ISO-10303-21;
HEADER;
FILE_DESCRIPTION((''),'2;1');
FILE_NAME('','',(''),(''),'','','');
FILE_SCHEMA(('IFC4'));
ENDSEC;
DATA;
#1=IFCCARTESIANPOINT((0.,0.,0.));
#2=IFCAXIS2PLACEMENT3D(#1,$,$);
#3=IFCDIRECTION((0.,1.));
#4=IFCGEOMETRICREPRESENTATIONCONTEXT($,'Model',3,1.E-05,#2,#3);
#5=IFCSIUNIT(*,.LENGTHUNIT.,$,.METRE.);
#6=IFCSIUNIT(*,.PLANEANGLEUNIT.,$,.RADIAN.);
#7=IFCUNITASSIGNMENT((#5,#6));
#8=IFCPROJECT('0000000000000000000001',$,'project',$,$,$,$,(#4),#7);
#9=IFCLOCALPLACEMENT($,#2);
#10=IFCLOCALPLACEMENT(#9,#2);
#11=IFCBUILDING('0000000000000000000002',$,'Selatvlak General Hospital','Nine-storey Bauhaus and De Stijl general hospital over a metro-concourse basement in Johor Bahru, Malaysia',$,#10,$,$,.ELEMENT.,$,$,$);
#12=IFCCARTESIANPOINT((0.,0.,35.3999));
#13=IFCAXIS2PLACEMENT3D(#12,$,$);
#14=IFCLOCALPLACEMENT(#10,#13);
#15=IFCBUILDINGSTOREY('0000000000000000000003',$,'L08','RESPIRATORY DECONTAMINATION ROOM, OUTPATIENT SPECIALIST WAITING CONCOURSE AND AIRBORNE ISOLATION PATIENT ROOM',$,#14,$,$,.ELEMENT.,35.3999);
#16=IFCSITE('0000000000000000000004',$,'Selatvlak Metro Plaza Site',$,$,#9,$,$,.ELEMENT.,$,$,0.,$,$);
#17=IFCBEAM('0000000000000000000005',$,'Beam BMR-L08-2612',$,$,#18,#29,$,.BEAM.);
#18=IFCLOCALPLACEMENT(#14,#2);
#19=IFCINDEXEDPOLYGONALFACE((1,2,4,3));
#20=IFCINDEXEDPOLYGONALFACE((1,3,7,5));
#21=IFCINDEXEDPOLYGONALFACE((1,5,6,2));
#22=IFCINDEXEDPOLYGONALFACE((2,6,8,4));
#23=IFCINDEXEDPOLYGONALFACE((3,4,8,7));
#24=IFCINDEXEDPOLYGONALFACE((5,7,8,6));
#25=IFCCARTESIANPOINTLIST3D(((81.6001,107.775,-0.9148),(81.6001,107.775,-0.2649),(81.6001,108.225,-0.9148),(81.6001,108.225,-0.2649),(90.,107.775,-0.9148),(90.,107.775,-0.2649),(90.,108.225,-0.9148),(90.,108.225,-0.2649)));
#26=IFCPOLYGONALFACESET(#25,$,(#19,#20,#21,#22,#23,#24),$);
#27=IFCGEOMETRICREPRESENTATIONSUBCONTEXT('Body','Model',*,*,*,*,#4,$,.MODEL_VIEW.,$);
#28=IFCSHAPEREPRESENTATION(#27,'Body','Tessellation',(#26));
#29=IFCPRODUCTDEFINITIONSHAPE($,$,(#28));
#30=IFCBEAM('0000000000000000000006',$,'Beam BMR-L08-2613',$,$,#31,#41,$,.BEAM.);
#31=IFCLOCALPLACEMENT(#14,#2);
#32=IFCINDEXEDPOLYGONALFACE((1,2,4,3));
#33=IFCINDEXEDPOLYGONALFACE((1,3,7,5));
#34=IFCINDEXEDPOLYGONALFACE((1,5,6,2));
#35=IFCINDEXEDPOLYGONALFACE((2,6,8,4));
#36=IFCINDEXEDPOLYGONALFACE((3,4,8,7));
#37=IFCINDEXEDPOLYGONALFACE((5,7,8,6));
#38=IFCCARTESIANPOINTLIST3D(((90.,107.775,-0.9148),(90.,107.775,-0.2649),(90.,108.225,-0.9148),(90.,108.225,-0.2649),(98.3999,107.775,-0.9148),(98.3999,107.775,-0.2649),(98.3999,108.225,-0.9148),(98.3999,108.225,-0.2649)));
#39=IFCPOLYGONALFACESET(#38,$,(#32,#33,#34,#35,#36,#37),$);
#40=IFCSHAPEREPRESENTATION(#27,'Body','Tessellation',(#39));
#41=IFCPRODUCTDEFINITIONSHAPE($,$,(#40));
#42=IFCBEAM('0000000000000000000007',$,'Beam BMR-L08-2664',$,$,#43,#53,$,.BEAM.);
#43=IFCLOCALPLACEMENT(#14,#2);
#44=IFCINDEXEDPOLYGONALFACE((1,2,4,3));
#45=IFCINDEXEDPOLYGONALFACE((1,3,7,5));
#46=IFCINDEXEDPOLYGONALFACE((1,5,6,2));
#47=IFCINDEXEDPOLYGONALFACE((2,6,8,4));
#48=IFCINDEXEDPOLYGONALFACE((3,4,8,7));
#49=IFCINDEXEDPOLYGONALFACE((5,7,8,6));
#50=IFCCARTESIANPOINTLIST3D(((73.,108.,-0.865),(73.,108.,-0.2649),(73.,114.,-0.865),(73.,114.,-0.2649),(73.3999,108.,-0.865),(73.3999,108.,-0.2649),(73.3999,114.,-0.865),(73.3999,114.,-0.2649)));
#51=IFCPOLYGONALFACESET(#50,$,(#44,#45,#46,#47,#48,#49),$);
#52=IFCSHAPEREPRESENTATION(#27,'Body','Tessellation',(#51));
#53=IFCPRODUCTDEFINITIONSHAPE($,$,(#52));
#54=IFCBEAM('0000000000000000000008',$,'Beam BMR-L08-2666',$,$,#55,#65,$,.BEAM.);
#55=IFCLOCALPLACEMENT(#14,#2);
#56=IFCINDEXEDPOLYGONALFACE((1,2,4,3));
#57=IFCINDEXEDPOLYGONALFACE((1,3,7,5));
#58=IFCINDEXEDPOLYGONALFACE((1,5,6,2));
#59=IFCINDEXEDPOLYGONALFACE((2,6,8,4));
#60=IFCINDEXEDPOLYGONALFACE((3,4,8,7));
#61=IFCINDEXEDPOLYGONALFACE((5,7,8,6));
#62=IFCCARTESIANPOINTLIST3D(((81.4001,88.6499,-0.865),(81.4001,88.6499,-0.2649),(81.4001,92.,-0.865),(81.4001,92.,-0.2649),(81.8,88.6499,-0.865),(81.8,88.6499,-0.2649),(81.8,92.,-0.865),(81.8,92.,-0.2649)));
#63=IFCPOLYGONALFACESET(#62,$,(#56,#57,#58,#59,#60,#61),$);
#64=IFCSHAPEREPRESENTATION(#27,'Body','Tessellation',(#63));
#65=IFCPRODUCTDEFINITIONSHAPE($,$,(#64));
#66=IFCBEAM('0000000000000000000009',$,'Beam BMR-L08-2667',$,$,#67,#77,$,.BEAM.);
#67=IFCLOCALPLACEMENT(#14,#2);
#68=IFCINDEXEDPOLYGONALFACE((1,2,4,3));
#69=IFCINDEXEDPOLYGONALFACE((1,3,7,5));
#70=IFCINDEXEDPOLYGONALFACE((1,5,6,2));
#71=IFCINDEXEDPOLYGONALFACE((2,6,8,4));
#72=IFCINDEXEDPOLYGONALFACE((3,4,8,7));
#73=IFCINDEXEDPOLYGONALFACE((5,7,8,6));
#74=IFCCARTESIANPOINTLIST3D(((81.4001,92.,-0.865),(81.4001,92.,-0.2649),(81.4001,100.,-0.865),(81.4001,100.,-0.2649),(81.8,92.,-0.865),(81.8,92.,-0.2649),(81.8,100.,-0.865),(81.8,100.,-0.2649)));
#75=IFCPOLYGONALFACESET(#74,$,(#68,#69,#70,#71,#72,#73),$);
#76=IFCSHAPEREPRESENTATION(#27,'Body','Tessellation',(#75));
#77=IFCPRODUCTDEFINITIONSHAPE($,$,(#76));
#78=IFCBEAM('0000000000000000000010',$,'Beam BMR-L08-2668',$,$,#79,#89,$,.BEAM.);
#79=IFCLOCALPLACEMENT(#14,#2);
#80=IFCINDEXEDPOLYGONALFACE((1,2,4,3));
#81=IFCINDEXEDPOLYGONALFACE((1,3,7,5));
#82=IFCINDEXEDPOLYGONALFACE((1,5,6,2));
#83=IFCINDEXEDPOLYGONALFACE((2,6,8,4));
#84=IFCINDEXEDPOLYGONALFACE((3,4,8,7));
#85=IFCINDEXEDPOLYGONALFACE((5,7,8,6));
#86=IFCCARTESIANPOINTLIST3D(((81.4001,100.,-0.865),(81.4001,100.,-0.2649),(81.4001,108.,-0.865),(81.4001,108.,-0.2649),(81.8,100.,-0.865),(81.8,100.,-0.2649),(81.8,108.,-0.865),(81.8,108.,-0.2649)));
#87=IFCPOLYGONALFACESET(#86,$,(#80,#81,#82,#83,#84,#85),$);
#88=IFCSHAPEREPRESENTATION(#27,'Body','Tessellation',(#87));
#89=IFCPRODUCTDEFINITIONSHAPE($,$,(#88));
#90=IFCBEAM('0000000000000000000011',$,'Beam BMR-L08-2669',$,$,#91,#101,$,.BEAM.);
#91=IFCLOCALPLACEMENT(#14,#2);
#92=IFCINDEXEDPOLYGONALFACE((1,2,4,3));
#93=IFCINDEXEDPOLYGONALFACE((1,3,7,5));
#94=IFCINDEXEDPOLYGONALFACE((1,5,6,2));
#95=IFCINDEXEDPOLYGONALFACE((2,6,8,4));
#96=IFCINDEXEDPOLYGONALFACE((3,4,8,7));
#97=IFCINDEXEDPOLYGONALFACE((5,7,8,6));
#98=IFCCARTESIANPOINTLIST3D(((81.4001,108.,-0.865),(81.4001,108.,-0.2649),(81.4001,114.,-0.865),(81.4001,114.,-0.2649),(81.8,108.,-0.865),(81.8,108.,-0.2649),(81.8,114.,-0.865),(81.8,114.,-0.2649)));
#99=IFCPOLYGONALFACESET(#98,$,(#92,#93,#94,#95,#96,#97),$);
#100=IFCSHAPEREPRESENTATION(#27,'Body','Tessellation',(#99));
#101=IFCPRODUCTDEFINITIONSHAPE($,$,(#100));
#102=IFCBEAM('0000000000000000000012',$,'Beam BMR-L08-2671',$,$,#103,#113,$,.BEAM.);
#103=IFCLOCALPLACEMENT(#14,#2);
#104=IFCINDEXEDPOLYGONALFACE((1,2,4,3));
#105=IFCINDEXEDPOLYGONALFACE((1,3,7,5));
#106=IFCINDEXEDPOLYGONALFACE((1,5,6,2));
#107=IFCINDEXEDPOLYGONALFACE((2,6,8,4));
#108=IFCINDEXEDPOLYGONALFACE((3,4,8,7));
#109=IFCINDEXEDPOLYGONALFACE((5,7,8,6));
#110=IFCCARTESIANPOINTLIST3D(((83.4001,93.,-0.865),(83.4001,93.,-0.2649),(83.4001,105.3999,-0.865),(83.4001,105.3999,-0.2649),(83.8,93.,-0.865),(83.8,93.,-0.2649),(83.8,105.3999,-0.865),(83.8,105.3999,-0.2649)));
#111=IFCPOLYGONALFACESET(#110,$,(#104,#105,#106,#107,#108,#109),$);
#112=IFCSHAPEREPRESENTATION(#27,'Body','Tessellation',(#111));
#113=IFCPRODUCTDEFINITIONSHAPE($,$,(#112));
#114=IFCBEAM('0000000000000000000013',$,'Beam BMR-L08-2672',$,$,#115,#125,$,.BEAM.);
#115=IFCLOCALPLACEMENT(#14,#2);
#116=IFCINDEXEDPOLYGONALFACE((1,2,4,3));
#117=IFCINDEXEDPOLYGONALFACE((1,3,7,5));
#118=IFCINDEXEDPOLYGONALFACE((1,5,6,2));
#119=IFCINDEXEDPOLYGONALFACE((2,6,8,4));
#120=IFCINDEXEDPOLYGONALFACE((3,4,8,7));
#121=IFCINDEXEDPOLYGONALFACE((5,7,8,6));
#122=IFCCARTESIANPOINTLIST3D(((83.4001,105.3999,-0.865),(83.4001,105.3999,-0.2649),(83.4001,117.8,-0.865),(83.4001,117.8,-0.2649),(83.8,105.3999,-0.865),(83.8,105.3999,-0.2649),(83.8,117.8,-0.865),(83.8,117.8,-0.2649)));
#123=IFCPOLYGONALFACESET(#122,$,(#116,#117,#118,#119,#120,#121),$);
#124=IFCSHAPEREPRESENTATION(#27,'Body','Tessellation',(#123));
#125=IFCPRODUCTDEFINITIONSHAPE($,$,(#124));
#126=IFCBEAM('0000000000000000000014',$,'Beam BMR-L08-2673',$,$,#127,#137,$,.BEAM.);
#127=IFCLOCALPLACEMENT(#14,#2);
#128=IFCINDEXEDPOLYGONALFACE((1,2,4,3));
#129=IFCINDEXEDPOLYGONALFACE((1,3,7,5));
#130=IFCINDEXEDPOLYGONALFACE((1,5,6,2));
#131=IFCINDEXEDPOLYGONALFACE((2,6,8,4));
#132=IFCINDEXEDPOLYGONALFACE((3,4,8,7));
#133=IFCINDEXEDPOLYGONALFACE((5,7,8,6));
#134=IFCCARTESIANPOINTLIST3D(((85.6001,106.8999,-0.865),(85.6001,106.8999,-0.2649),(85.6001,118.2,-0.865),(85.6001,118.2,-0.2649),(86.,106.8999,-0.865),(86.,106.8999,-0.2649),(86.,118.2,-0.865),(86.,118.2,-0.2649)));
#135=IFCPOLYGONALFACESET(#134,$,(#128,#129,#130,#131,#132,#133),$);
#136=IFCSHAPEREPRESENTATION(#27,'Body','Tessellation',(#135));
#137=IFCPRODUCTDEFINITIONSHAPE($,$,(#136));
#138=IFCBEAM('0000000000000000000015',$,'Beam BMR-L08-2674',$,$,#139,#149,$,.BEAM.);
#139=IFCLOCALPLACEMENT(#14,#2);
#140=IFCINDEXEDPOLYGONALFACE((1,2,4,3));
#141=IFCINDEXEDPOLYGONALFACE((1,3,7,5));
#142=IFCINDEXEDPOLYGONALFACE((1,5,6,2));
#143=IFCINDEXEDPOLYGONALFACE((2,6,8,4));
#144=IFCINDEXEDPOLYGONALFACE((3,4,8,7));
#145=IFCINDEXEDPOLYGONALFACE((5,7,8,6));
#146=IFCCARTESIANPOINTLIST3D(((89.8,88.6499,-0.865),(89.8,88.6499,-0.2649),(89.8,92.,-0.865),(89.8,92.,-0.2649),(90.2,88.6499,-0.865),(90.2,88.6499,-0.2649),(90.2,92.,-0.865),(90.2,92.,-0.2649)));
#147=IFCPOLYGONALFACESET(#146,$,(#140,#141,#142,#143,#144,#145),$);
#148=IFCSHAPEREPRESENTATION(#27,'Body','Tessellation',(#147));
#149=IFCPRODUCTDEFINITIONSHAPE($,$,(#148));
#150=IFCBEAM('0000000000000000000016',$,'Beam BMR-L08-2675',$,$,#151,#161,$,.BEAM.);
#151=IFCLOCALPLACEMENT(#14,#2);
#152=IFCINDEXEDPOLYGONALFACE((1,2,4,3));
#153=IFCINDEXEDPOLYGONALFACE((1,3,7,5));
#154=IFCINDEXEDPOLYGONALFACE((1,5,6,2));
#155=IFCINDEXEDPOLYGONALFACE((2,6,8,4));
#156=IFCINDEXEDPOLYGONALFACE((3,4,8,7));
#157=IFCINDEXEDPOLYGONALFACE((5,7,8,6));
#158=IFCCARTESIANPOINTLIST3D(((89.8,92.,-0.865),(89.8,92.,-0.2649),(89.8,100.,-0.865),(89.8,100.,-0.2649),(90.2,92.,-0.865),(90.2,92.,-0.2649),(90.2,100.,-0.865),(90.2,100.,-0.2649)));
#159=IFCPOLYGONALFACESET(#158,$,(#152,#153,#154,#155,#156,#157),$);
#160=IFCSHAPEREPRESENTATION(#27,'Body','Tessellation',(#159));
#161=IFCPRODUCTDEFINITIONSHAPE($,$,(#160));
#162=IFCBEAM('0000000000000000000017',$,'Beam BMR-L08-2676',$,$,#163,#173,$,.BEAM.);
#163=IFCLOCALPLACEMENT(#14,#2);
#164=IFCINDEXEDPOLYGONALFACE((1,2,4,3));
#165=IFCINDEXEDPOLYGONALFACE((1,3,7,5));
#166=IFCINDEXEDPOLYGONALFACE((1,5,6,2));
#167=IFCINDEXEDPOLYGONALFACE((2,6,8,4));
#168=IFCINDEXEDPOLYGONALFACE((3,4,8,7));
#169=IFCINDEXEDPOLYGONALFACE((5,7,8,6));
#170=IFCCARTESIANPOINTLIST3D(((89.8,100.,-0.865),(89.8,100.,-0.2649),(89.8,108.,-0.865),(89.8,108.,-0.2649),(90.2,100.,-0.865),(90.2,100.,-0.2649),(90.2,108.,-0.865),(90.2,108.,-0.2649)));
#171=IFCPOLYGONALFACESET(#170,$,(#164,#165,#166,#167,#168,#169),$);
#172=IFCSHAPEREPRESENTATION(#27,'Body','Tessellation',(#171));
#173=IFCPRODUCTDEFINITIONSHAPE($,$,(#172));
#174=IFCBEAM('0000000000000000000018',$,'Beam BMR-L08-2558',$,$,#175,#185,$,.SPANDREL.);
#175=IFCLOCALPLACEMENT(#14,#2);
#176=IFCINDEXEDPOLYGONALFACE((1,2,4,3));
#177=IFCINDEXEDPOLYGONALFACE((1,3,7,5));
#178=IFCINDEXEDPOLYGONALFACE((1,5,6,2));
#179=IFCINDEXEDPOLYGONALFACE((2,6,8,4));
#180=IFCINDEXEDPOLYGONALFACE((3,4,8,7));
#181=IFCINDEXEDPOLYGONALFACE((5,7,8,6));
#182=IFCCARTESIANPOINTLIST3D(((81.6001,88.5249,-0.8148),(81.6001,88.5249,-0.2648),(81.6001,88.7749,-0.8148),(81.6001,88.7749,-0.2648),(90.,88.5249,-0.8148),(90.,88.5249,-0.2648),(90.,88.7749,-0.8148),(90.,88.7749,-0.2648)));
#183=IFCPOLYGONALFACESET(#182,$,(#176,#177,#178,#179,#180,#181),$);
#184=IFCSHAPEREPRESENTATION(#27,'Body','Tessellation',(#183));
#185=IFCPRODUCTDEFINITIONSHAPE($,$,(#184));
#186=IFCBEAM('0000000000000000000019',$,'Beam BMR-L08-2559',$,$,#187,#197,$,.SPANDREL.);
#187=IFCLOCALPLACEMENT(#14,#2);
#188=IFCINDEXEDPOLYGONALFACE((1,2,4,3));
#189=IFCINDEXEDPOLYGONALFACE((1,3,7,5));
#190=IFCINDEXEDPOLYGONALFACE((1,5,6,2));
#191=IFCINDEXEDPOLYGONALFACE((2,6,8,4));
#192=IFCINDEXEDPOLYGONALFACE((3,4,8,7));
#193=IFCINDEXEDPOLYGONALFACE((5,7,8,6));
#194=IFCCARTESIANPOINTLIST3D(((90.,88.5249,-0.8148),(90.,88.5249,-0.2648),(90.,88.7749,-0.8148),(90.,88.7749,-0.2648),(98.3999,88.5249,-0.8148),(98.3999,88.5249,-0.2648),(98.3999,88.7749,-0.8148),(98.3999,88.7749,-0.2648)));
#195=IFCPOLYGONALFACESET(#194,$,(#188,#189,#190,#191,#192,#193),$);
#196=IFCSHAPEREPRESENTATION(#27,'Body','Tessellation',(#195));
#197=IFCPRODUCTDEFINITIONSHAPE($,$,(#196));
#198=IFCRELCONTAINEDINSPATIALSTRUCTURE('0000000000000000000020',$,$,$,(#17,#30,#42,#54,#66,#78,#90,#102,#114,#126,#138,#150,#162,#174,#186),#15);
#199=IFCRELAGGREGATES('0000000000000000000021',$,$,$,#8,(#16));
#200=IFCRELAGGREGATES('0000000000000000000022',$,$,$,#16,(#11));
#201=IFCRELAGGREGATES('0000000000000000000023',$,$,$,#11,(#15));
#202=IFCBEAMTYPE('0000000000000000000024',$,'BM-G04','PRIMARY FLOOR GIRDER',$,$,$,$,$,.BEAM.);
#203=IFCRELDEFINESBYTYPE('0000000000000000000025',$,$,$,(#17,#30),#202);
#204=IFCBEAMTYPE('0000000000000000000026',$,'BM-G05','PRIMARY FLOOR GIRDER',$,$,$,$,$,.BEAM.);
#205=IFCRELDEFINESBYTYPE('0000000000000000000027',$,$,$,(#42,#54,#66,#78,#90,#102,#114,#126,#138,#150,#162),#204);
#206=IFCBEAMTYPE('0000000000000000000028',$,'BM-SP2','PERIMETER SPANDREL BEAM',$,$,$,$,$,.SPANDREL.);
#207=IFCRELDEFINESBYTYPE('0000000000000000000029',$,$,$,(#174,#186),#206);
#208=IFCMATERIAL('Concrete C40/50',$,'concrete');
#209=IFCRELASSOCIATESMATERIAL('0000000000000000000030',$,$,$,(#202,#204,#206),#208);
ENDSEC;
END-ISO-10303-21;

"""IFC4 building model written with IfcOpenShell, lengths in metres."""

from ifc_helpers import new_model, si_unit, direction, frame, origin, origin_2d, place, context, subcontext, project, spatial, rectangle, extrude, material, material_profile, profile_set, type_object, element, save


model = new_model("IFC4")

# Units and contexts
model_context = context("Model", 3, precision=1e-05, world=origin(), true_north=direction((0.0, 1.0)))
body_context = subcontext(model_context, "Body", "Model", "MODEL_VIEW")
ifc_project = project(units=[si_unit("LENGTHUNIT", "METRE"), si_unit("PLANEANGLEUNIT", "RADIAN")], contexts=[model_context])

# Site, building, storey
site_placement = place(None, origin())
site = spatial("IfcSite", under=ifc_project, at=site_placement, Name="Selatvlak Metro Plaza Site", CompositionType="ELEMENT", RefElevation=0.0)
building_placement = place(site_placement, origin())
building = spatial("IfcBuilding", under=site, at=building_placement, Name="Selatvlak General Hospital", Description="Nine-storey Bauhaus and De Stijl general hospital over a metro-concourse basement in Johor Bahru, Malaysia", CompositionType="ELEMENT")
storey_placement = place(building_placement, frame((0.0, 0.0, 35.3999)))
storey = spatial("IfcBuildingStorey", under=building, at=storey_placement, Name="L08", Description="RESPIRATORY DECONTAMINATION ROOM, OUTPATIENT SPECIALIST WAITING CONCOURSE AND AIRBORNE ISOLATION PATIENT ROOM", CompositionType="ELEMENT", Elevation=35.3999)

# Shared definitions
ifc_material_1 = material(Name="Concrete C40/50", Category="concrete")

# Beams
ifc_material_profile_1 = material_profile(ifc_material_1, rectangle(XDim=0.45, YDim=0.6499, at=origin_2d()), Name="RC-BM 450x650")
ifc_profile_set_1 = profile_set([ifc_material_profile_1], Name="Concrete C40/50")
beam_type_1 = type_object("IfcBeamType", Name="BM-G04", Description="PRIMARY FLOOR GIRDER", PredefinedType="BEAM", material=ifc_profile_set_1)
for number, where, z_axis, x_axis, name in (
    (1, (81.6001, 108.0, -0.5898), (1.0, 0.0, 0.0), (0.0, 1.0, 0.0), "Beam BMR-L08-2612"),
    (2, (90.0, 108.0, -0.5898), (1.0, 0.0, 0.0), (0.0, 1.0, 0.0), "Beam BMR-L08-2613"),
):
    element("IfcBeam", number, at=place(storey_placement, frame(where, z_axis=z_axis, x_axis=x_axis)), inside=storey, type_object=beam_type_1, Name=name, PredefinedType="BEAM", context=body_context, shape_type="SweptSolid", body=[
        extrude(rectangle(XDim=0.45, YDim=0.6499, at=origin_2d()), origin(), (0.0, 0.0, 1.0), 8.3999),
    ])
ifc_material_profile_2 = material_profile(ifc_material_1, rectangle(XDim=0.3999, YDim=0.6001, at=origin_2d()), Name="RC-BM 400x600")
ifc_profile_set_2 = profile_set([ifc_material_profile_2], Name="Concrete C40/50")
beam_type_2 = type_object("IfcBeamType", Name="BM-G05", Description="PRIMARY FLOOR GIRDER", PredefinedType="BEAM", material=ifc_profile_set_2)
beam_1_placement = place(storey_placement, frame((73.2, 108.0, -0.5649), z_axis=(0.0, 1.0, 0.0), x_axis=(-1.0, 0.0, 0.0)))
element("IfcBeam", 3, at=beam_1_placement, inside=storey, type_object=beam_type_2, Name="Beam BMR-L08-2664", PredefinedType="BEAM", context=body_context, shape_type="SweptSolid", body=[
    extrude(rectangle(XDim=0.3999, YDim=0.6001, at=origin_2d()), origin(), (0.0, 0.0, 1.0), 6.0),
])
beam_2_placement = place(storey_placement, frame((81.6001, 88.6499, -0.5649), z_axis=(0.0, 1.0, 0.0), x_axis=(-1.0, 0.0, 0.0)))
element("IfcBeam", 4, at=beam_2_placement, inside=storey, type_object=beam_type_2, Name="Beam BMR-L08-2666", PredefinedType="BEAM", context=body_context, shape_type="SweptSolid", body=[
    extrude(rectangle(XDim=0.3999, YDim=0.6001, at=origin_2d()), origin(), (0.0, 0.0, 1.0), 3.3501),
])
for number, where, z_axis, x_axis, name in (
    (5, (81.6001, 92.0, -0.5649), (0.0, 1.0, 0.0), (-1.0, 0.0, 0.0), "Beam BMR-L08-2667"),
    (6, (81.6001, 100.0, -0.5649), (0.0, 1.0, 0.0), (-1.0, 0.0, 0.0), "Beam BMR-L08-2668"),
):
    element("IfcBeam", number, at=place(storey_placement, frame(where, z_axis=z_axis, x_axis=x_axis)), inside=storey, type_object=beam_type_2, Name=name, PredefinedType="BEAM", context=body_context, shape_type="SweptSolid", body=[
        extrude(rectangle(XDim=0.3999, YDim=0.6001, at=origin_2d()), origin(), (0.0, 0.0, 1.0), 8.0),
    ])
beam_3_placement = place(storey_placement, frame((81.6001, 108.0, -0.5649), z_axis=(0.0, 1.0, 0.0), x_axis=(-1.0, 0.0, 0.0)))
element("IfcBeam", 7, at=beam_3_placement, inside=storey, type_object=beam_type_2, Name="Beam BMR-L08-2669", PredefinedType="BEAM", context=body_context, shape_type="SweptSolid", body=[
    extrude(rectangle(XDim=0.3999, YDim=0.6001, at=origin_2d()), origin(), (0.0, 0.0, 1.0), 6.0),
])
beam_4_placement = place(storey_placement, frame((83.6001, 93.0, -0.5649), z_axis=(0.0, 1.0, 0.0), x_axis=(-1.0, 0.0, 0.0)))
element("IfcBeam", 8, at=beam_4_placement, inside=storey, type_object=beam_type_2, Name="Beam BMR-L08-2671", PredefinedType="BEAM", context=body_context, shape_type="SweptSolid", body=[
    extrude(rectangle(XDim=0.3999, YDim=0.6001, at=origin_2d()), origin(), (0.0, 0.0, 1.0), 12.3999),
])
beam_5_placement = place(storey_placement, frame((83.6001, 105.3999, -0.5649), z_axis=(0.0, 1.0, 0.0), x_axis=(-1.0, 0.0, 0.0)))
element("IfcBeam", 9, at=beam_5_placement, inside=storey, type_object=beam_type_2, Name="Beam BMR-L08-2672", PredefinedType="BEAM", context=body_context, shape_type="SweptSolid", body=[
    extrude(rectangle(XDim=0.3999, YDim=0.6001, at=origin_2d()), origin(), (0.0, 0.0, 1.0), 12.4001),
])
beam_6_placement = place(storey_placement, frame((85.8, 106.8999, -0.5649), z_axis=(0.0, 1.0, 0.0), x_axis=(-1.0, 0.0, 0.0)))
element("IfcBeam", 10, at=beam_6_placement, inside=storey, type_object=beam_type_2, Name="Beam BMR-L08-2673", PredefinedType="BEAM", context=body_context, shape_type="SweptSolid", body=[
    extrude(rectangle(XDim=0.3999, YDim=0.6001, at=origin_2d()), origin(), (0.0, 0.0, 1.0), 11.3),
])
beam_7_placement = place(storey_placement, frame((90.0, 88.6499, -0.5649), z_axis=(0.0, 1.0, 0.0), x_axis=(-1.0, 0.0, 0.0)))
element("IfcBeam", 11, at=beam_7_placement, inside=storey, type_object=beam_type_2, Name="Beam BMR-L08-2674", PredefinedType="BEAM", context=body_context, shape_type="SweptSolid", body=[
    extrude(rectangle(XDim=0.3999, YDim=0.6001, at=origin_2d()), origin(), (0.0, 0.0, 1.0), 3.3501),
])
for number, where, z_axis, x_axis, name in (
    (12, (90.0, 92.0, -0.5649), (0.0, 1.0, 0.0), (-1.0, 0.0, 0.0), "Beam BMR-L08-2675"),
    (13, (90.0, 100.0, -0.5649), (0.0, 1.0, 0.0), (-1.0, 0.0, 0.0), "Beam BMR-L08-2676"),
):
    element("IfcBeam", number, at=place(storey_placement, frame(where, z_axis=z_axis, x_axis=x_axis)), inside=storey, type_object=beam_type_2, Name=name, PredefinedType="BEAM", context=body_context, shape_type="SweptSolid", body=[
        extrude(rectangle(XDim=0.3999, YDim=0.6001, at=origin_2d()), origin(), (0.0, 0.0, 1.0), 8.0),
    ])
ifc_material_profile_3 = material_profile(ifc_material_1, rectangle(XDim=0.25, YDim=0.55, at=origin_2d()), Name="RC-SP 250x550")
ifc_profile_set_3 = profile_set([ifc_material_profile_3], Name="Concrete C40/50")
beam_type_3 = type_object("IfcBeamType", Name="BM-SP2", Description="PERIMETER SPANDREL BEAM", PredefinedType="SPANDREL", material=ifc_profile_set_3)
for number, where, z_axis, x_axis, name in (
    (14, (81.6001, 88.6499, -0.5398), (1.0, 0.0, 0.0), (0.0, 1.0, 0.0), "Beam BMR-L08-2558"),
    (15, (90.0, 88.6499, -0.5398), (1.0, 0.0, 0.0), (0.0, 1.0, 0.0), "Beam BMR-L08-2559"),
):
    element("IfcBeam", number, at=place(storey_placement, frame(where, z_axis=z_axis, x_axis=x_axis)), inside=storey, type_object=beam_type_3, Name=name, PredefinedType="SPANDREL", context=body_context, shape_type="SweptSolid", body=[
        extrude(rectangle(XDim=0.25, YDim=0.55, at=origin_2d()), origin(), (0.0, 0.0, 1.0), 8.3999),
    ])

save(model, "model.ifc")
